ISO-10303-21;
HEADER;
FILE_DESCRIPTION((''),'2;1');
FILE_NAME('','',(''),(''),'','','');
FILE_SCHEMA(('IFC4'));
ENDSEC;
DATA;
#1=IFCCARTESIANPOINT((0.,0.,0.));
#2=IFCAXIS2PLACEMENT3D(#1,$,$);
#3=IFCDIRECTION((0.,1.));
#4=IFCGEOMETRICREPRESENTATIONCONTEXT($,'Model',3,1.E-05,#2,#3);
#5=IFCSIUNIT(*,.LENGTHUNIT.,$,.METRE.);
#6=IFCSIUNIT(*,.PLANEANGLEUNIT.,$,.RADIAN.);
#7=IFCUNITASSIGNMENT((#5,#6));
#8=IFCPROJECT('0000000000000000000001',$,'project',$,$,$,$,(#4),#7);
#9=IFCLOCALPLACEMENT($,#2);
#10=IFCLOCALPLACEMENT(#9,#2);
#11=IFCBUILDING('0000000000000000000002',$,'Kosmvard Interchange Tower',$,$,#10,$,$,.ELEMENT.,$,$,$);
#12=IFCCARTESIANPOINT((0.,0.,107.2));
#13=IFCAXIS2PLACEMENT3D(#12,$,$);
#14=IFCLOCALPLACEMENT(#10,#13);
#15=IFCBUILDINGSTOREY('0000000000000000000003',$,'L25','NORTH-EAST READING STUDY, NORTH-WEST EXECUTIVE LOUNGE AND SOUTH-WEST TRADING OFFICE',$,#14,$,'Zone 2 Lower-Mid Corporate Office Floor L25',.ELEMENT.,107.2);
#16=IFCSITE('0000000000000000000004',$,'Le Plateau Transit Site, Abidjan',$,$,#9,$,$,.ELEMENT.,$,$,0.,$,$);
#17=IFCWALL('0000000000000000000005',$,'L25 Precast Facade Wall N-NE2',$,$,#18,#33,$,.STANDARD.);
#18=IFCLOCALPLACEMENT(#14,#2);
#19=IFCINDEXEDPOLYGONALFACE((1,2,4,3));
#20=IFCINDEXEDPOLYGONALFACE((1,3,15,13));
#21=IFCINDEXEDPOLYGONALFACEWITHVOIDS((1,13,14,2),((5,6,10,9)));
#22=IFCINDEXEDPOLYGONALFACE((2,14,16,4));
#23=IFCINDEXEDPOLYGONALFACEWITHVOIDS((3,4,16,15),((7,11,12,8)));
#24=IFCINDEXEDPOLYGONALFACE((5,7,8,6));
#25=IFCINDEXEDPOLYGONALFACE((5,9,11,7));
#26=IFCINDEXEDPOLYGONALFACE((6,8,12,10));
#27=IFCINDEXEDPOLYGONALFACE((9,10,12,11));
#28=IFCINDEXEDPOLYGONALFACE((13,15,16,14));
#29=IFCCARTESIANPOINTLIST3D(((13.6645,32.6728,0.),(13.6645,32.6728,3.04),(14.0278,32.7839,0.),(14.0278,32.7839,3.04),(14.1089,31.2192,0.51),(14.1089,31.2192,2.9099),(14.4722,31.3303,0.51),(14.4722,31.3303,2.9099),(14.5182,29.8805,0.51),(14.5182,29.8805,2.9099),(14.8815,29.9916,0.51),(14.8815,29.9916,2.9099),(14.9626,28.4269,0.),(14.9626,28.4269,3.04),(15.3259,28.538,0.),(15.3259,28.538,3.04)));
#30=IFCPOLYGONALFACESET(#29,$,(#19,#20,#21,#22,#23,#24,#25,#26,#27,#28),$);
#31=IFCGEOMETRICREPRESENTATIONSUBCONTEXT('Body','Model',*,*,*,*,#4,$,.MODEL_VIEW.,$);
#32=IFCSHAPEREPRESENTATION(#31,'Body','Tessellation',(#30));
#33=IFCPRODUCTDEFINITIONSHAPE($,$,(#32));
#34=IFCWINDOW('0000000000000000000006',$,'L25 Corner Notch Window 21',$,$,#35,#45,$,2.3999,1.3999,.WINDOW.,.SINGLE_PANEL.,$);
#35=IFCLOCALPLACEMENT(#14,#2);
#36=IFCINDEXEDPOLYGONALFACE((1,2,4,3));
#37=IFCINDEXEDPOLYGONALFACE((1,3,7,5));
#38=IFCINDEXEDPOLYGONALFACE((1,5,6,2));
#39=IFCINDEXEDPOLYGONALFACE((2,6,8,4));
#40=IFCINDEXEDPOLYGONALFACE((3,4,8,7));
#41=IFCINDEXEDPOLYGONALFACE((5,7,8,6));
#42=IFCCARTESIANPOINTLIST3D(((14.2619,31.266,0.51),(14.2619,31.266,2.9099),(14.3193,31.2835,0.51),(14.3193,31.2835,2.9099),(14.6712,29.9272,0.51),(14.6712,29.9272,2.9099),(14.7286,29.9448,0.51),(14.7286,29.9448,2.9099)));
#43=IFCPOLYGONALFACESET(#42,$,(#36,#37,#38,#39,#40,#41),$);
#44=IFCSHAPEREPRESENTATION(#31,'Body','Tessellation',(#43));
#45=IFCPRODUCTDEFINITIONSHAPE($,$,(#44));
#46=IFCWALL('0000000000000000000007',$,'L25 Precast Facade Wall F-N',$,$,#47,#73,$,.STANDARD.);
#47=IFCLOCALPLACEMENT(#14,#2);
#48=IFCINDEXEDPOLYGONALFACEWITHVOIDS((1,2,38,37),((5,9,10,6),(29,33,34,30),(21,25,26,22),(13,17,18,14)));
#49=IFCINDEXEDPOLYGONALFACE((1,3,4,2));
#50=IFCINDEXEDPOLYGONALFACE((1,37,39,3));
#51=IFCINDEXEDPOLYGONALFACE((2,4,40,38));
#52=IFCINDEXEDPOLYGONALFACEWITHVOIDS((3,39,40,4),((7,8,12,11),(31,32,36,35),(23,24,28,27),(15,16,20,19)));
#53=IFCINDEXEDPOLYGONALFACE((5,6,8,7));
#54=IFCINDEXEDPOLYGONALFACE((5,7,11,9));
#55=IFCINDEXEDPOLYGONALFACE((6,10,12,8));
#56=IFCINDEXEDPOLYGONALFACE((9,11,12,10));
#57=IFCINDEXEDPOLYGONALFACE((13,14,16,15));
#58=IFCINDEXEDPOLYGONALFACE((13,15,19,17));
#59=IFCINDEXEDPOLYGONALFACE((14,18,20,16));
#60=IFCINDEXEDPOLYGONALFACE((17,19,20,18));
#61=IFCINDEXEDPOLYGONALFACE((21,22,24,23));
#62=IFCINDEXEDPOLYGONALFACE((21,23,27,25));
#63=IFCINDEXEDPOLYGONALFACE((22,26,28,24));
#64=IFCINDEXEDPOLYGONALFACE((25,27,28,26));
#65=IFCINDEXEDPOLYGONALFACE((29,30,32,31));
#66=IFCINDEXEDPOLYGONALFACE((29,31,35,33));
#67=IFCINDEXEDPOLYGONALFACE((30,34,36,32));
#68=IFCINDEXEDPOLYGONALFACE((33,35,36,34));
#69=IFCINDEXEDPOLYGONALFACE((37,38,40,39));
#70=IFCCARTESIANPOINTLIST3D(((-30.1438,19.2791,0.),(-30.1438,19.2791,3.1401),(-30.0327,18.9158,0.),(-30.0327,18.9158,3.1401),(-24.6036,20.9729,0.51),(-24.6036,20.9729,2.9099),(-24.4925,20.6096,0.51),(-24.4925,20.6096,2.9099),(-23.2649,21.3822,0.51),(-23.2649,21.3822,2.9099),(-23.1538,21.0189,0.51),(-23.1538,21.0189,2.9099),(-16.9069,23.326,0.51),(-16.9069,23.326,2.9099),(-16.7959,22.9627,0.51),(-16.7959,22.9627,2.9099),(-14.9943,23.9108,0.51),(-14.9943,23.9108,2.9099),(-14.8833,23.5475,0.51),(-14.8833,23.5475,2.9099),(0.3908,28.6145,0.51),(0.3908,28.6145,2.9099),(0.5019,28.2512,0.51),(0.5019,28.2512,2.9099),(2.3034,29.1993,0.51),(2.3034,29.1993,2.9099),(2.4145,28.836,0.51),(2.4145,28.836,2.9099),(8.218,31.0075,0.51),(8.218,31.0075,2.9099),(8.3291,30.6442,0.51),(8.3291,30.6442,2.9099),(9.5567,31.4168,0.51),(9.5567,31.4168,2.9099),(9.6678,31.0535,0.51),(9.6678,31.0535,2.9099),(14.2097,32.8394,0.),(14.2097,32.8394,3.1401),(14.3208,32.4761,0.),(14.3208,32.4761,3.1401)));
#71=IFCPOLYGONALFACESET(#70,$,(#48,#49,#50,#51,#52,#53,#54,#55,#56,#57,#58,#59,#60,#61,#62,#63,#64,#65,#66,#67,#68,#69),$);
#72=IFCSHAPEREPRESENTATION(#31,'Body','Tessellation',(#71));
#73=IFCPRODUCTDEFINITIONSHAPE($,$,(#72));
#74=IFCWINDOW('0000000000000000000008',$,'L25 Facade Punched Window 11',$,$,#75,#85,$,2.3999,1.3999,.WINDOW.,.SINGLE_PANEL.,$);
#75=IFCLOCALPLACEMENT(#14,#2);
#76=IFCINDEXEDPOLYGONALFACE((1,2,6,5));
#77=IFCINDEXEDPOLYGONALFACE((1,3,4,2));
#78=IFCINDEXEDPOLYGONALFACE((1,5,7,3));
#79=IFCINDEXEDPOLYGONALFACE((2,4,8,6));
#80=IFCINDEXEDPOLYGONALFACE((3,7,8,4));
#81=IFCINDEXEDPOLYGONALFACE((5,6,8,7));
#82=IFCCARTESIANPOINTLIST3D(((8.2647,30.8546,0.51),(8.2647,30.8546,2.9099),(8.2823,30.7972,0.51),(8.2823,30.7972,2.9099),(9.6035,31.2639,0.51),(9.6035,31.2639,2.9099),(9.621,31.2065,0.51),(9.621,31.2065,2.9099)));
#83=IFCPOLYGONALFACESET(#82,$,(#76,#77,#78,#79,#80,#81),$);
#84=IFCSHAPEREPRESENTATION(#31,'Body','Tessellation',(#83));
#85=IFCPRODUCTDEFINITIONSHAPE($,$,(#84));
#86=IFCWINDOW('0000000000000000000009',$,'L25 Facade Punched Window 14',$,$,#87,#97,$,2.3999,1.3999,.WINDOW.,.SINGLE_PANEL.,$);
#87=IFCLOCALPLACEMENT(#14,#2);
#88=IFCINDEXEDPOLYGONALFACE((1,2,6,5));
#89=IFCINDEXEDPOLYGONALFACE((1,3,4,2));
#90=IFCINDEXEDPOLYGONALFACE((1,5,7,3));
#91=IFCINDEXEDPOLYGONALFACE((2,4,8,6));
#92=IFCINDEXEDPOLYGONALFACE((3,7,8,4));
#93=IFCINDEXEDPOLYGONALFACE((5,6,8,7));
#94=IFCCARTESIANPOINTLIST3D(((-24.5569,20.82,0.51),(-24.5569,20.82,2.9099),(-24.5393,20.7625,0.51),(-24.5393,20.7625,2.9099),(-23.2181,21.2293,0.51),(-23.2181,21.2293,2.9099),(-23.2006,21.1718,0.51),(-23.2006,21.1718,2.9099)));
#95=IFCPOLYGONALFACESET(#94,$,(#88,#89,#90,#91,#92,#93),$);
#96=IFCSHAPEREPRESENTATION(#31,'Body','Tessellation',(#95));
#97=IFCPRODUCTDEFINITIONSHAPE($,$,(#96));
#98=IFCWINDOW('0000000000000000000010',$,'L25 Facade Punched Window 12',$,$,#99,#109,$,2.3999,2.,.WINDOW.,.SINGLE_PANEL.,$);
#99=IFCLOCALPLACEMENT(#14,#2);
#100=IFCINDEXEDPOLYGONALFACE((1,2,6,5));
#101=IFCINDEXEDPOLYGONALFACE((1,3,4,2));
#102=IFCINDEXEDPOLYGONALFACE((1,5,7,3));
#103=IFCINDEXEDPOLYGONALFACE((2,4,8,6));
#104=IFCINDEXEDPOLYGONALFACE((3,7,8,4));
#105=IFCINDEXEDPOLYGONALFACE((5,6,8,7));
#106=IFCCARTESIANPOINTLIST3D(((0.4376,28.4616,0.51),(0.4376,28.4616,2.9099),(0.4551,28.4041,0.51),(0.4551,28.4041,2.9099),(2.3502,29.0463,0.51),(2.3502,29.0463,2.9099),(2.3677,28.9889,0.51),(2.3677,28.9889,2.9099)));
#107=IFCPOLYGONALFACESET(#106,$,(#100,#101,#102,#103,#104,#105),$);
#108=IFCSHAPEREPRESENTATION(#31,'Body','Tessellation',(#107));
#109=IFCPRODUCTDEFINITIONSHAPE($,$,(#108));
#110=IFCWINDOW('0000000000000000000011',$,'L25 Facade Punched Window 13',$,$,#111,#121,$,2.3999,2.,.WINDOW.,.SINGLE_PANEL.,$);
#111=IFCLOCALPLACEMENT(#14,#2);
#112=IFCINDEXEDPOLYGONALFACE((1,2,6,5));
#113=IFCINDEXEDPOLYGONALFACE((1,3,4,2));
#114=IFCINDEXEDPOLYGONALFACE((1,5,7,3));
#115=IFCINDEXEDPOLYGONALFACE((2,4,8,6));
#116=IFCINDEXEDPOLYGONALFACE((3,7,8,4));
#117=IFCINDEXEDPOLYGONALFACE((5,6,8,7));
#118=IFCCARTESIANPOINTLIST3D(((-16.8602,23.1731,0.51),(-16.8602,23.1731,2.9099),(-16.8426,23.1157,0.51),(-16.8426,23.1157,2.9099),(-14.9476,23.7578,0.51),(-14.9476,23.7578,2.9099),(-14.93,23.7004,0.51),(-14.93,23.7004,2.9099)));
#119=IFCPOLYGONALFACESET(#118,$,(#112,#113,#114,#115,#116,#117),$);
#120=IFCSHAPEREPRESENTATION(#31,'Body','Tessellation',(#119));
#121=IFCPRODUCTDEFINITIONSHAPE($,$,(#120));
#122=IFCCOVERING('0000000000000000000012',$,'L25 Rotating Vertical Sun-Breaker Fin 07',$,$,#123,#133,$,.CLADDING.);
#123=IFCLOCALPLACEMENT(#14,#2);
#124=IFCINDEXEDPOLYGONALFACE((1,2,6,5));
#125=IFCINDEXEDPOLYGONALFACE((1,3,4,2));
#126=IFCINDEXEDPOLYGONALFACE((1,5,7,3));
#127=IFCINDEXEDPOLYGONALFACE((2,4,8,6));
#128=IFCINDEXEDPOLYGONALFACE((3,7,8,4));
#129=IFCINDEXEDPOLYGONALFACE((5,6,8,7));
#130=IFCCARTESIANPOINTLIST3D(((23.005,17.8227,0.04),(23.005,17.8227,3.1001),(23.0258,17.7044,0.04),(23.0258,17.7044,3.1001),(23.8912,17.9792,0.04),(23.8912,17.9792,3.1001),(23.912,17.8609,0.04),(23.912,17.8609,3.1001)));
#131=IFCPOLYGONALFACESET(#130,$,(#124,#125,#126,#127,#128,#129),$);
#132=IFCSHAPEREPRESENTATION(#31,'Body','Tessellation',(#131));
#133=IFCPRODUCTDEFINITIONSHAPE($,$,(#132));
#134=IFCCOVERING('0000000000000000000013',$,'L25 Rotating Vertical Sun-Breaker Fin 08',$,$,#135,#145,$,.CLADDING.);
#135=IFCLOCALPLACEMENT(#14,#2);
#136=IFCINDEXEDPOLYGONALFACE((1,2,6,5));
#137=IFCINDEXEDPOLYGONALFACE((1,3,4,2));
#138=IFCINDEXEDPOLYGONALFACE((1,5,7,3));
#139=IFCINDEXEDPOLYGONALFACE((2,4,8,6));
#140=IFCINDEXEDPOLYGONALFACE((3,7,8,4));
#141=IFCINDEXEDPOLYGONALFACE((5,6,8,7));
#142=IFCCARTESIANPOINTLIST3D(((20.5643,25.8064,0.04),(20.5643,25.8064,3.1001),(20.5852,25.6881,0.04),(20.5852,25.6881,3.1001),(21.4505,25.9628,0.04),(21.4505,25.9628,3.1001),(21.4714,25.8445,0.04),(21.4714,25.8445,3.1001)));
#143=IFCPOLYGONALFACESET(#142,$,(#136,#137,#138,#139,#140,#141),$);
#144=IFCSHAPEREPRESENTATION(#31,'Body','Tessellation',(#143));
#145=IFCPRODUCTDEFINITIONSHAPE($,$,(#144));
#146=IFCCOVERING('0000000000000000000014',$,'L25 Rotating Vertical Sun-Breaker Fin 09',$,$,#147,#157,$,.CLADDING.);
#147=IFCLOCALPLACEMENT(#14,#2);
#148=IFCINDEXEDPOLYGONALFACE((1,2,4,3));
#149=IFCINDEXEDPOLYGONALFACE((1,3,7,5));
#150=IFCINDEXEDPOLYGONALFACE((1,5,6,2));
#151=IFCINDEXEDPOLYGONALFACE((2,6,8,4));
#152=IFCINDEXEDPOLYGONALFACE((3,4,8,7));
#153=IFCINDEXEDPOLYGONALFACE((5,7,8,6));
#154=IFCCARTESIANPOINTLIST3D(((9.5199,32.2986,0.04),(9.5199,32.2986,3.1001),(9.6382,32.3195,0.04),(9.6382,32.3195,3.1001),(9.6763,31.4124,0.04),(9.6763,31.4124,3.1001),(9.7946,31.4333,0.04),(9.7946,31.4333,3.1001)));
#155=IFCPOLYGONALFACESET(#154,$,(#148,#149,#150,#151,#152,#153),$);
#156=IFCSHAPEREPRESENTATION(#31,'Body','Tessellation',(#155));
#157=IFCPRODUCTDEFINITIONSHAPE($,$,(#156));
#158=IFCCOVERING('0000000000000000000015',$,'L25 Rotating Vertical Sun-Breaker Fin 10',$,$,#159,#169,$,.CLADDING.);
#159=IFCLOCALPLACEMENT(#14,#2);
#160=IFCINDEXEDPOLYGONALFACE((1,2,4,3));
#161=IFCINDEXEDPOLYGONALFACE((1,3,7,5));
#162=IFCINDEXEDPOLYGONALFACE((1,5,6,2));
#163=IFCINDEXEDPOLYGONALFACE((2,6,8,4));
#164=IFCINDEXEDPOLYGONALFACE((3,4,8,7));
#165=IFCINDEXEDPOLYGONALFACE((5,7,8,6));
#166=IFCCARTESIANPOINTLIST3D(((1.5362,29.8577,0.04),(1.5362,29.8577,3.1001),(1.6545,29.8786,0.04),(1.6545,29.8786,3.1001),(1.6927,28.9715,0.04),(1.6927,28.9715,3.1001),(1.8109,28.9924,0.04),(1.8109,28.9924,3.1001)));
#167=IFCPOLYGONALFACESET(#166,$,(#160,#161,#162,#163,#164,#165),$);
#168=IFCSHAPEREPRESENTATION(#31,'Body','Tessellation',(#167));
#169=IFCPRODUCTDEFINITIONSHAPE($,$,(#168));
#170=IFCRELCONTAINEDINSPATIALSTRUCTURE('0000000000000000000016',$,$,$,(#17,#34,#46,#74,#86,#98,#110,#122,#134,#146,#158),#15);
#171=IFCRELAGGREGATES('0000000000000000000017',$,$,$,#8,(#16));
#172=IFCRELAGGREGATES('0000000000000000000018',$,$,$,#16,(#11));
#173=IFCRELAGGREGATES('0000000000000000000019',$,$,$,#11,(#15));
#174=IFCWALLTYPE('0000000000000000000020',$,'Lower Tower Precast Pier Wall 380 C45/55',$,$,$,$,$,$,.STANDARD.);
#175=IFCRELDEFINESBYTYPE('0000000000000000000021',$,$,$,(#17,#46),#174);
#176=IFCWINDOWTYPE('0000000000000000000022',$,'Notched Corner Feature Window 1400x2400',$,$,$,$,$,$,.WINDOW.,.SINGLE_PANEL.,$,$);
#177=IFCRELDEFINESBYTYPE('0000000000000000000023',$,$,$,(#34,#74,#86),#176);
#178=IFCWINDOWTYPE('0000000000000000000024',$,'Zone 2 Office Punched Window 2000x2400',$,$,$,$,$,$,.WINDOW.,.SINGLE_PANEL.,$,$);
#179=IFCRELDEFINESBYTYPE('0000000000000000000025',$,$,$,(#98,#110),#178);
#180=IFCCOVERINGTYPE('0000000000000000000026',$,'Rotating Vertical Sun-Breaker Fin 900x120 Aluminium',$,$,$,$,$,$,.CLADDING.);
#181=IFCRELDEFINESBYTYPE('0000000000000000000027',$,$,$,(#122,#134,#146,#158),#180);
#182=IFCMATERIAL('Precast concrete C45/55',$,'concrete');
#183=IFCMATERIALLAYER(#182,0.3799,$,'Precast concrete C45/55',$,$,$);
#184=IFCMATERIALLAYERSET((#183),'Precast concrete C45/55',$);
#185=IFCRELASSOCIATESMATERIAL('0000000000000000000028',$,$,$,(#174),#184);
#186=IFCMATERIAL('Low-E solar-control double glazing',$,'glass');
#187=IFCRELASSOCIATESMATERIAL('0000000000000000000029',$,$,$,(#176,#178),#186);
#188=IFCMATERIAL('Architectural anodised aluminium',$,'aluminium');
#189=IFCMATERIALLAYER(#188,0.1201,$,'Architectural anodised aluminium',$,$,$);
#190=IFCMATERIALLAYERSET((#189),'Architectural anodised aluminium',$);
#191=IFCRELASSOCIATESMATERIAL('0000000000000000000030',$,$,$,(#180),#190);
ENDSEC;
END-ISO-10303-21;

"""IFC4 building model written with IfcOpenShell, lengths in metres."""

from ifc_helpers import new_model, si_unit, direction, frame, frame_2d, origin, origin_2d, place, context, subcontext, project, spatial, rectangle, extrude, source, transform, mapped, material, layer, layer_set, type_object, element, fill, save


model = new_model("IFC4")

# Units and contexts
model_context = context("Model", 3, precision=1e-05, world=origin(), true_north=direction((0.0, 1.0)))
body_context = subcontext(model_context, "Body", "Model", "MODEL_VIEW")
ifc_project = project(units=[si_unit("LENGTHUNIT", "METRE"), si_unit("PLANEANGLEUNIT", "RADIAN")], contexts=[model_context])

# Site, building, storey
site_placement = place(None, origin())
site = spatial("IfcSite", under=ifc_project, at=site_placement, Name="Le Plateau Transit Site, Abidjan", CompositionType="ELEMENT", RefElevation=0.0)
building_placement = place(site_placement, origin())
building = spatial("IfcBuilding", under=site, at=building_placement, Name="Kosmvard Interchange Tower", CompositionType="ELEMENT")
storey_placement = place(building_placement, frame((0.0, 0.0, 107.2)))
storey = spatial("IfcBuildingStorey", under=building, at=storey_placement, Name="L25", Description="NORTH-EAST READING STUDY, NORTH-WEST EXECUTIVE LOUNGE AND SOUTH-WEST TRADING OFFICE", LongName="Zone 2 Lower-Mid Corporate Office Floor L25", CompositionType="ELEMENT", Elevation=107.2)

# Shared definitions
ifc_material_1 = material(Name="Precast concrete C45/55", Category="concrete")

# Shared definitions
ifc_layer_1 = layer(ifc_material_1, 0.3799, Name="Precast concrete C45/55")
ifc_layer_set_1 = layer_set([ifc_layer_1], Name="Precast concrete C45/55")
wall_type = type_object("IfcWallType", Name="Lower Tower Precast Pier Wall 380 C45/55", PredefinedType="STANDARD", material=ifc_layer_set_1)

# Wall, opening, window
wall_1_placement = place(storey_placement, frame((15.1443, 28.4824, 0.0), z_axis=(0.0, 0.0, 1.0), x_axis=(-0.292374, 0.956304, 0.0)))
wall_1 = element("IfcWall", 1, at=wall_1_placement, inside=storey, type_object=wall_type, Name="L25 Precast Facade Wall N-NE2", PredefinedType="STANDARD", context=body_context, shape_type="SweptSolid", body=[
    extrude(rectangle(XDim=4.4399, YDim=0.3799, at=frame_2d((2.22, 0.0))), origin(), (0.0, 0.0, 1.0), 3.04),
])
opening_1_placement = place(wall_1_placement, frame((1.52, 0.0, 0.51)))
opening_1 = element("IfcOpeningElement", 2, at=opening_1_placement, cuts=wall_1, PredefinedType="OPENING", context=body_context, shape_type="SweptSolid", body=[
    extrude(rectangle(XDim=1.3999, YDim=2.3999, at=frame_2d((0.7, 1.2))), frame((0.0, 0.2, 0.0), z_axis=(0.0, -1.0, 0.0), x_axis=(1.0, 0.0, 0.0)), (0.0, 0.0, 1.0), 0.3999),
])
ifc_material_2 = material(Name="Low-E solar-control double glazing", Category="glass")
window_type_1 = type_object("IfcWindowType", Name="Notched Corner Feature Window 1400x2400", PartitioningType="SINGLE_PANEL", PredefinedType="WINDOW", material=ifc_material_2)
shared_shape_1 = source(origin(), body_context, "Body", "SweptSolid", [
    extrude(rectangle(XDim=1.3999, YDim=2.3999, at=frame_2d((0.7, 1.2))), frame((0.0, 0.03, 0.0), z_axis=(0.0, -1.0, 0.0), x_axis=(1.0, 0.0, 0.0)), (0.0, 0.0, 1.0), 0.0601),
])
window_1_placement = place(opening_1_placement, origin())
window_1 = element("IfcWindow", 3, at=window_1_placement, inside=storey, type_object=window_type_1, Name="L25 Corner Notch Window 21", OverallHeight=2.3999, OverallWidth=1.3999, PartitioningType="SINGLE_PANEL", PredefinedType="WINDOW", context=body_context, shape_type="MappedRepresentation", body=[
    mapped(shared_shape_1, transform((0.0, 0.0, 0.0), scale=1.0)),
])
fill(opening_1, window_1)

# Wall, openings, windows
wall_2_placement = place(storey_placement, frame((14.2651, 32.6577, 0.0), z_axis=(0.0, 0.0, 1.0), x_axis=(-0.956304, -0.292373, 0.0)))
wall_2 = element("IfcWall", 4, at=wall_2_placement, inside=storey, type_object=wall_type, Name="L25 Precast Facade Wall F-N", PredefinedType="STANDARD", context=body_context, shape_type="SweptSolid", body=[
    extrude(rectangle(XDim=46.3801, YDim=0.3799, at=frame_2d((23.1899, 0.0))), origin(), (0.0, 0.0, 1.0), 3.1401),
])
opening_2_placement = place(wall_2_placement, frame((4.8655, 0.0, 0.51)))
opening_2 = element("IfcOpeningElement", 5, at=opening_2_placement, cuts=wall_2, PredefinedType="OPENING", context=body_context, shape_type="SweptSolid", body=[
    extrude(rectangle(XDim=1.3999, YDim=2.3999, at=frame_2d((0.7, 1.2))), frame((0.0, 0.2, 0.0), z_axis=(0.0, -1.0, 0.0), x_axis=(1.0, 0.0, 0.0)), (0.0, 0.0, 1.0), 0.3999),
])
opening_3_placement = place(wall_2_placement, frame((12.4502, 0.0, 0.51)))
opening_3 = element("IfcOpeningElement", 6, at=opening_3_placement, cuts=wall_2, PredefinedType="OPENING", context=body_context, shape_type="SweptSolid", body=[
    extrude(rectangle(XDim=2.0, YDim=2.3999, at=frame_2d((1.0, 1.2))), frame((0.0, 0.2, 0.0), z_axis=(0.0, -1.0, 0.0), x_axis=(1.0, 0.0, 0.0)), (0.0, 0.0, 1.0), 0.3999),
])
opening_4_placement = place(wall_2_placement, frame((30.5383, 0.0, 0.51)))
opening_4 = element("IfcOpeningElement", 7, at=opening_4_placement, cuts=wall_2, PredefinedType="OPENING", context=body_context, shape_type="SweptSolid", body=[
    extrude(rectangle(XDim=2.0, YDim=2.3999, at=frame_2d((1.0, 1.2))), frame((0.0, 0.2, 0.0), z_axis=(0.0, -1.0, 0.0), x_axis=(1.0, 0.0, 0.0)), (0.0, 0.0, 1.0), 0.3999),
])
opening_5_placement = place(wall_2_placement, frame((39.1868, 0.0, 0.51)))
opening_5 = element("IfcOpeningElement", 8, at=opening_5_placement, cuts=wall_2, PredefinedType="OPENING", context=body_context, shape_type="SweptSolid", body=[
    extrude(rectangle(XDim=1.3999, YDim=2.3999, at=frame_2d((0.7, 1.2))), frame((0.0, 0.2, 0.0), z_axis=(0.0, -1.0, 0.0), x_axis=(1.0, 0.0, 0.0)), (0.0, 0.0, 1.0), 0.3999),
])
window_2_placement = place(opening_2_placement, origin())
window_2 = element("IfcWindow", 9, at=window_2_placement, inside=storey, type_object=window_type_1, Name="L25 Facade Punched Window 11", OverallHeight=2.3999, OverallWidth=1.3999, PartitioningType="SINGLE_PANEL", PredefinedType="WINDOW", context=body_context, shape_type="MappedRepresentation", body=[
    mapped(shared_shape_1, transform((0.0, 0.0, 0.0), scale=1.0)),
])
fill(opening_2, window_2)
window_3_placement = place(opening_5_placement, origin())
window_3 = element("IfcWindow", 10, at=window_3_placement, inside=storey, type_object=window_type_1, Name="L25 Facade Punched Window 14", OverallHeight=2.3999, OverallWidth=1.3999, PartitioningType="SINGLE_PANEL", PredefinedType="WINDOW", context=body_context, shape_type="MappedRepresentation", body=[
    mapped(shared_shape_1, transform((0.0, 0.0, 0.0), scale=1.0)),
])
fill(opening_5, window_3)
window_type_2 = type_object("IfcWindowType", Name="Zone 2 Office Punched Window 2000x2400", PartitioningType="SINGLE_PANEL", PredefinedType="WINDOW", material=ifc_material_2)
shared_shape_2 = source(origin(), body_context, "Body", "SweptSolid", [
    extrude(rectangle(XDim=2.0, YDim=2.3999, at=frame_2d((1.0, 1.2))), frame((0.0, 0.03, 0.0), z_axis=(0.0, -1.0, 0.0), x_axis=(1.0, 0.0, 0.0)), (0.0, 0.0, 1.0), 0.0601),
])
window_4_placement = place(opening_3_placement, origin())
window_4 = element("IfcWindow", 11, at=window_4_placement, inside=storey, type_object=window_type_2, Name="L25 Facade Punched Window 12", OverallHeight=2.3999, OverallWidth=2.0, PartitioningType="SINGLE_PANEL", PredefinedType="WINDOW", context=body_context, shape_type="MappedRepresentation", body=[
    mapped(shared_shape_2, transform((0.0, 0.0, 0.0), scale=1.0)),
])
fill(opening_3, window_4)
window_5_placement = place(opening_4_placement, origin())
window_5 = element("IfcWindow", 12, at=window_5_placement, inside=storey, type_object=window_type_2, Name="L25 Facade Punched Window 13", OverallHeight=2.3999, OverallWidth=2.0, PartitioningType="SINGLE_PANEL", PredefinedType="WINDOW", context=body_context, shape_type="MappedRepresentation", body=[
    mapped(shared_shape_2, transform((0.0, 0.0, 0.0), scale=1.0)),
])
fill(opening_4, window_5)

# Coverings
ifc_material_3 = material(Name="Architectural anodised aluminium", Category="aluminium")
ifc_layer_2 = layer(ifc_material_3, 0.1201, Name="Architectural anodised aluminium")
ifc_layer_set_2 = layer_set([ifc_layer_2], Name="Architectural anodised aluminium")
covering_type = type_object("IfcCoveringType", Name="Rotating Vertical Sun-Breaker Fin 900x120 Aluminium", PredefinedType="CLADDING", material=ifc_layer_set_2)
shared_shape_3 = source(origin(), body_context, "Body", "SweptSolid", [
    extrude(rectangle(XDim=0.8999, YDim=0.1201, at=origin_2d()), origin(), (0.0, 0.0, 1.0), 3.0601),
])
for number, where, z_axis, x_axis, name in (
    (13, (23.4585, 17.8418, 0.04), (0.0, 0.0, 1.0), (0.984777, 0.17382, 0.0), "L25 Rotating Vertical Sun-Breaker Fin 07"),
    (14, (21.0178, 25.8254, 0.04), (0.0, 0.0, 1.0), (0.984777, 0.17382, 0.0), "L25 Rotating Vertical Sun-Breaker Fin 08"),
    (15, (9.6572, 31.866, 0.04), (0.0, 0.0, 1.0), (-0.17382, 0.984777, 0.0), "L25 Rotating Vertical Sun-Breaker Fin 09"),
    (16, (1.6736, 29.425, 0.04), (0.0, 0.0, 1.0), (-0.17382, 0.984777, 0.0), "L25 Rotating Vertical Sun-Breaker Fin 10"),
):
    element("IfcCovering", number, at=place(storey_placement, frame(where, z_axis=z_axis, x_axis=x_axis)), inside=storey, type_object=covering_type, Name=name, PredefinedType="CLADDING", context=body_context, shape_type="MappedRepresentation", body=[
        mapped(shared_shape_3, transform((0.0, 0.0, 0.0), scale=1.0)),
    ])

save(model, "model.ifc")
